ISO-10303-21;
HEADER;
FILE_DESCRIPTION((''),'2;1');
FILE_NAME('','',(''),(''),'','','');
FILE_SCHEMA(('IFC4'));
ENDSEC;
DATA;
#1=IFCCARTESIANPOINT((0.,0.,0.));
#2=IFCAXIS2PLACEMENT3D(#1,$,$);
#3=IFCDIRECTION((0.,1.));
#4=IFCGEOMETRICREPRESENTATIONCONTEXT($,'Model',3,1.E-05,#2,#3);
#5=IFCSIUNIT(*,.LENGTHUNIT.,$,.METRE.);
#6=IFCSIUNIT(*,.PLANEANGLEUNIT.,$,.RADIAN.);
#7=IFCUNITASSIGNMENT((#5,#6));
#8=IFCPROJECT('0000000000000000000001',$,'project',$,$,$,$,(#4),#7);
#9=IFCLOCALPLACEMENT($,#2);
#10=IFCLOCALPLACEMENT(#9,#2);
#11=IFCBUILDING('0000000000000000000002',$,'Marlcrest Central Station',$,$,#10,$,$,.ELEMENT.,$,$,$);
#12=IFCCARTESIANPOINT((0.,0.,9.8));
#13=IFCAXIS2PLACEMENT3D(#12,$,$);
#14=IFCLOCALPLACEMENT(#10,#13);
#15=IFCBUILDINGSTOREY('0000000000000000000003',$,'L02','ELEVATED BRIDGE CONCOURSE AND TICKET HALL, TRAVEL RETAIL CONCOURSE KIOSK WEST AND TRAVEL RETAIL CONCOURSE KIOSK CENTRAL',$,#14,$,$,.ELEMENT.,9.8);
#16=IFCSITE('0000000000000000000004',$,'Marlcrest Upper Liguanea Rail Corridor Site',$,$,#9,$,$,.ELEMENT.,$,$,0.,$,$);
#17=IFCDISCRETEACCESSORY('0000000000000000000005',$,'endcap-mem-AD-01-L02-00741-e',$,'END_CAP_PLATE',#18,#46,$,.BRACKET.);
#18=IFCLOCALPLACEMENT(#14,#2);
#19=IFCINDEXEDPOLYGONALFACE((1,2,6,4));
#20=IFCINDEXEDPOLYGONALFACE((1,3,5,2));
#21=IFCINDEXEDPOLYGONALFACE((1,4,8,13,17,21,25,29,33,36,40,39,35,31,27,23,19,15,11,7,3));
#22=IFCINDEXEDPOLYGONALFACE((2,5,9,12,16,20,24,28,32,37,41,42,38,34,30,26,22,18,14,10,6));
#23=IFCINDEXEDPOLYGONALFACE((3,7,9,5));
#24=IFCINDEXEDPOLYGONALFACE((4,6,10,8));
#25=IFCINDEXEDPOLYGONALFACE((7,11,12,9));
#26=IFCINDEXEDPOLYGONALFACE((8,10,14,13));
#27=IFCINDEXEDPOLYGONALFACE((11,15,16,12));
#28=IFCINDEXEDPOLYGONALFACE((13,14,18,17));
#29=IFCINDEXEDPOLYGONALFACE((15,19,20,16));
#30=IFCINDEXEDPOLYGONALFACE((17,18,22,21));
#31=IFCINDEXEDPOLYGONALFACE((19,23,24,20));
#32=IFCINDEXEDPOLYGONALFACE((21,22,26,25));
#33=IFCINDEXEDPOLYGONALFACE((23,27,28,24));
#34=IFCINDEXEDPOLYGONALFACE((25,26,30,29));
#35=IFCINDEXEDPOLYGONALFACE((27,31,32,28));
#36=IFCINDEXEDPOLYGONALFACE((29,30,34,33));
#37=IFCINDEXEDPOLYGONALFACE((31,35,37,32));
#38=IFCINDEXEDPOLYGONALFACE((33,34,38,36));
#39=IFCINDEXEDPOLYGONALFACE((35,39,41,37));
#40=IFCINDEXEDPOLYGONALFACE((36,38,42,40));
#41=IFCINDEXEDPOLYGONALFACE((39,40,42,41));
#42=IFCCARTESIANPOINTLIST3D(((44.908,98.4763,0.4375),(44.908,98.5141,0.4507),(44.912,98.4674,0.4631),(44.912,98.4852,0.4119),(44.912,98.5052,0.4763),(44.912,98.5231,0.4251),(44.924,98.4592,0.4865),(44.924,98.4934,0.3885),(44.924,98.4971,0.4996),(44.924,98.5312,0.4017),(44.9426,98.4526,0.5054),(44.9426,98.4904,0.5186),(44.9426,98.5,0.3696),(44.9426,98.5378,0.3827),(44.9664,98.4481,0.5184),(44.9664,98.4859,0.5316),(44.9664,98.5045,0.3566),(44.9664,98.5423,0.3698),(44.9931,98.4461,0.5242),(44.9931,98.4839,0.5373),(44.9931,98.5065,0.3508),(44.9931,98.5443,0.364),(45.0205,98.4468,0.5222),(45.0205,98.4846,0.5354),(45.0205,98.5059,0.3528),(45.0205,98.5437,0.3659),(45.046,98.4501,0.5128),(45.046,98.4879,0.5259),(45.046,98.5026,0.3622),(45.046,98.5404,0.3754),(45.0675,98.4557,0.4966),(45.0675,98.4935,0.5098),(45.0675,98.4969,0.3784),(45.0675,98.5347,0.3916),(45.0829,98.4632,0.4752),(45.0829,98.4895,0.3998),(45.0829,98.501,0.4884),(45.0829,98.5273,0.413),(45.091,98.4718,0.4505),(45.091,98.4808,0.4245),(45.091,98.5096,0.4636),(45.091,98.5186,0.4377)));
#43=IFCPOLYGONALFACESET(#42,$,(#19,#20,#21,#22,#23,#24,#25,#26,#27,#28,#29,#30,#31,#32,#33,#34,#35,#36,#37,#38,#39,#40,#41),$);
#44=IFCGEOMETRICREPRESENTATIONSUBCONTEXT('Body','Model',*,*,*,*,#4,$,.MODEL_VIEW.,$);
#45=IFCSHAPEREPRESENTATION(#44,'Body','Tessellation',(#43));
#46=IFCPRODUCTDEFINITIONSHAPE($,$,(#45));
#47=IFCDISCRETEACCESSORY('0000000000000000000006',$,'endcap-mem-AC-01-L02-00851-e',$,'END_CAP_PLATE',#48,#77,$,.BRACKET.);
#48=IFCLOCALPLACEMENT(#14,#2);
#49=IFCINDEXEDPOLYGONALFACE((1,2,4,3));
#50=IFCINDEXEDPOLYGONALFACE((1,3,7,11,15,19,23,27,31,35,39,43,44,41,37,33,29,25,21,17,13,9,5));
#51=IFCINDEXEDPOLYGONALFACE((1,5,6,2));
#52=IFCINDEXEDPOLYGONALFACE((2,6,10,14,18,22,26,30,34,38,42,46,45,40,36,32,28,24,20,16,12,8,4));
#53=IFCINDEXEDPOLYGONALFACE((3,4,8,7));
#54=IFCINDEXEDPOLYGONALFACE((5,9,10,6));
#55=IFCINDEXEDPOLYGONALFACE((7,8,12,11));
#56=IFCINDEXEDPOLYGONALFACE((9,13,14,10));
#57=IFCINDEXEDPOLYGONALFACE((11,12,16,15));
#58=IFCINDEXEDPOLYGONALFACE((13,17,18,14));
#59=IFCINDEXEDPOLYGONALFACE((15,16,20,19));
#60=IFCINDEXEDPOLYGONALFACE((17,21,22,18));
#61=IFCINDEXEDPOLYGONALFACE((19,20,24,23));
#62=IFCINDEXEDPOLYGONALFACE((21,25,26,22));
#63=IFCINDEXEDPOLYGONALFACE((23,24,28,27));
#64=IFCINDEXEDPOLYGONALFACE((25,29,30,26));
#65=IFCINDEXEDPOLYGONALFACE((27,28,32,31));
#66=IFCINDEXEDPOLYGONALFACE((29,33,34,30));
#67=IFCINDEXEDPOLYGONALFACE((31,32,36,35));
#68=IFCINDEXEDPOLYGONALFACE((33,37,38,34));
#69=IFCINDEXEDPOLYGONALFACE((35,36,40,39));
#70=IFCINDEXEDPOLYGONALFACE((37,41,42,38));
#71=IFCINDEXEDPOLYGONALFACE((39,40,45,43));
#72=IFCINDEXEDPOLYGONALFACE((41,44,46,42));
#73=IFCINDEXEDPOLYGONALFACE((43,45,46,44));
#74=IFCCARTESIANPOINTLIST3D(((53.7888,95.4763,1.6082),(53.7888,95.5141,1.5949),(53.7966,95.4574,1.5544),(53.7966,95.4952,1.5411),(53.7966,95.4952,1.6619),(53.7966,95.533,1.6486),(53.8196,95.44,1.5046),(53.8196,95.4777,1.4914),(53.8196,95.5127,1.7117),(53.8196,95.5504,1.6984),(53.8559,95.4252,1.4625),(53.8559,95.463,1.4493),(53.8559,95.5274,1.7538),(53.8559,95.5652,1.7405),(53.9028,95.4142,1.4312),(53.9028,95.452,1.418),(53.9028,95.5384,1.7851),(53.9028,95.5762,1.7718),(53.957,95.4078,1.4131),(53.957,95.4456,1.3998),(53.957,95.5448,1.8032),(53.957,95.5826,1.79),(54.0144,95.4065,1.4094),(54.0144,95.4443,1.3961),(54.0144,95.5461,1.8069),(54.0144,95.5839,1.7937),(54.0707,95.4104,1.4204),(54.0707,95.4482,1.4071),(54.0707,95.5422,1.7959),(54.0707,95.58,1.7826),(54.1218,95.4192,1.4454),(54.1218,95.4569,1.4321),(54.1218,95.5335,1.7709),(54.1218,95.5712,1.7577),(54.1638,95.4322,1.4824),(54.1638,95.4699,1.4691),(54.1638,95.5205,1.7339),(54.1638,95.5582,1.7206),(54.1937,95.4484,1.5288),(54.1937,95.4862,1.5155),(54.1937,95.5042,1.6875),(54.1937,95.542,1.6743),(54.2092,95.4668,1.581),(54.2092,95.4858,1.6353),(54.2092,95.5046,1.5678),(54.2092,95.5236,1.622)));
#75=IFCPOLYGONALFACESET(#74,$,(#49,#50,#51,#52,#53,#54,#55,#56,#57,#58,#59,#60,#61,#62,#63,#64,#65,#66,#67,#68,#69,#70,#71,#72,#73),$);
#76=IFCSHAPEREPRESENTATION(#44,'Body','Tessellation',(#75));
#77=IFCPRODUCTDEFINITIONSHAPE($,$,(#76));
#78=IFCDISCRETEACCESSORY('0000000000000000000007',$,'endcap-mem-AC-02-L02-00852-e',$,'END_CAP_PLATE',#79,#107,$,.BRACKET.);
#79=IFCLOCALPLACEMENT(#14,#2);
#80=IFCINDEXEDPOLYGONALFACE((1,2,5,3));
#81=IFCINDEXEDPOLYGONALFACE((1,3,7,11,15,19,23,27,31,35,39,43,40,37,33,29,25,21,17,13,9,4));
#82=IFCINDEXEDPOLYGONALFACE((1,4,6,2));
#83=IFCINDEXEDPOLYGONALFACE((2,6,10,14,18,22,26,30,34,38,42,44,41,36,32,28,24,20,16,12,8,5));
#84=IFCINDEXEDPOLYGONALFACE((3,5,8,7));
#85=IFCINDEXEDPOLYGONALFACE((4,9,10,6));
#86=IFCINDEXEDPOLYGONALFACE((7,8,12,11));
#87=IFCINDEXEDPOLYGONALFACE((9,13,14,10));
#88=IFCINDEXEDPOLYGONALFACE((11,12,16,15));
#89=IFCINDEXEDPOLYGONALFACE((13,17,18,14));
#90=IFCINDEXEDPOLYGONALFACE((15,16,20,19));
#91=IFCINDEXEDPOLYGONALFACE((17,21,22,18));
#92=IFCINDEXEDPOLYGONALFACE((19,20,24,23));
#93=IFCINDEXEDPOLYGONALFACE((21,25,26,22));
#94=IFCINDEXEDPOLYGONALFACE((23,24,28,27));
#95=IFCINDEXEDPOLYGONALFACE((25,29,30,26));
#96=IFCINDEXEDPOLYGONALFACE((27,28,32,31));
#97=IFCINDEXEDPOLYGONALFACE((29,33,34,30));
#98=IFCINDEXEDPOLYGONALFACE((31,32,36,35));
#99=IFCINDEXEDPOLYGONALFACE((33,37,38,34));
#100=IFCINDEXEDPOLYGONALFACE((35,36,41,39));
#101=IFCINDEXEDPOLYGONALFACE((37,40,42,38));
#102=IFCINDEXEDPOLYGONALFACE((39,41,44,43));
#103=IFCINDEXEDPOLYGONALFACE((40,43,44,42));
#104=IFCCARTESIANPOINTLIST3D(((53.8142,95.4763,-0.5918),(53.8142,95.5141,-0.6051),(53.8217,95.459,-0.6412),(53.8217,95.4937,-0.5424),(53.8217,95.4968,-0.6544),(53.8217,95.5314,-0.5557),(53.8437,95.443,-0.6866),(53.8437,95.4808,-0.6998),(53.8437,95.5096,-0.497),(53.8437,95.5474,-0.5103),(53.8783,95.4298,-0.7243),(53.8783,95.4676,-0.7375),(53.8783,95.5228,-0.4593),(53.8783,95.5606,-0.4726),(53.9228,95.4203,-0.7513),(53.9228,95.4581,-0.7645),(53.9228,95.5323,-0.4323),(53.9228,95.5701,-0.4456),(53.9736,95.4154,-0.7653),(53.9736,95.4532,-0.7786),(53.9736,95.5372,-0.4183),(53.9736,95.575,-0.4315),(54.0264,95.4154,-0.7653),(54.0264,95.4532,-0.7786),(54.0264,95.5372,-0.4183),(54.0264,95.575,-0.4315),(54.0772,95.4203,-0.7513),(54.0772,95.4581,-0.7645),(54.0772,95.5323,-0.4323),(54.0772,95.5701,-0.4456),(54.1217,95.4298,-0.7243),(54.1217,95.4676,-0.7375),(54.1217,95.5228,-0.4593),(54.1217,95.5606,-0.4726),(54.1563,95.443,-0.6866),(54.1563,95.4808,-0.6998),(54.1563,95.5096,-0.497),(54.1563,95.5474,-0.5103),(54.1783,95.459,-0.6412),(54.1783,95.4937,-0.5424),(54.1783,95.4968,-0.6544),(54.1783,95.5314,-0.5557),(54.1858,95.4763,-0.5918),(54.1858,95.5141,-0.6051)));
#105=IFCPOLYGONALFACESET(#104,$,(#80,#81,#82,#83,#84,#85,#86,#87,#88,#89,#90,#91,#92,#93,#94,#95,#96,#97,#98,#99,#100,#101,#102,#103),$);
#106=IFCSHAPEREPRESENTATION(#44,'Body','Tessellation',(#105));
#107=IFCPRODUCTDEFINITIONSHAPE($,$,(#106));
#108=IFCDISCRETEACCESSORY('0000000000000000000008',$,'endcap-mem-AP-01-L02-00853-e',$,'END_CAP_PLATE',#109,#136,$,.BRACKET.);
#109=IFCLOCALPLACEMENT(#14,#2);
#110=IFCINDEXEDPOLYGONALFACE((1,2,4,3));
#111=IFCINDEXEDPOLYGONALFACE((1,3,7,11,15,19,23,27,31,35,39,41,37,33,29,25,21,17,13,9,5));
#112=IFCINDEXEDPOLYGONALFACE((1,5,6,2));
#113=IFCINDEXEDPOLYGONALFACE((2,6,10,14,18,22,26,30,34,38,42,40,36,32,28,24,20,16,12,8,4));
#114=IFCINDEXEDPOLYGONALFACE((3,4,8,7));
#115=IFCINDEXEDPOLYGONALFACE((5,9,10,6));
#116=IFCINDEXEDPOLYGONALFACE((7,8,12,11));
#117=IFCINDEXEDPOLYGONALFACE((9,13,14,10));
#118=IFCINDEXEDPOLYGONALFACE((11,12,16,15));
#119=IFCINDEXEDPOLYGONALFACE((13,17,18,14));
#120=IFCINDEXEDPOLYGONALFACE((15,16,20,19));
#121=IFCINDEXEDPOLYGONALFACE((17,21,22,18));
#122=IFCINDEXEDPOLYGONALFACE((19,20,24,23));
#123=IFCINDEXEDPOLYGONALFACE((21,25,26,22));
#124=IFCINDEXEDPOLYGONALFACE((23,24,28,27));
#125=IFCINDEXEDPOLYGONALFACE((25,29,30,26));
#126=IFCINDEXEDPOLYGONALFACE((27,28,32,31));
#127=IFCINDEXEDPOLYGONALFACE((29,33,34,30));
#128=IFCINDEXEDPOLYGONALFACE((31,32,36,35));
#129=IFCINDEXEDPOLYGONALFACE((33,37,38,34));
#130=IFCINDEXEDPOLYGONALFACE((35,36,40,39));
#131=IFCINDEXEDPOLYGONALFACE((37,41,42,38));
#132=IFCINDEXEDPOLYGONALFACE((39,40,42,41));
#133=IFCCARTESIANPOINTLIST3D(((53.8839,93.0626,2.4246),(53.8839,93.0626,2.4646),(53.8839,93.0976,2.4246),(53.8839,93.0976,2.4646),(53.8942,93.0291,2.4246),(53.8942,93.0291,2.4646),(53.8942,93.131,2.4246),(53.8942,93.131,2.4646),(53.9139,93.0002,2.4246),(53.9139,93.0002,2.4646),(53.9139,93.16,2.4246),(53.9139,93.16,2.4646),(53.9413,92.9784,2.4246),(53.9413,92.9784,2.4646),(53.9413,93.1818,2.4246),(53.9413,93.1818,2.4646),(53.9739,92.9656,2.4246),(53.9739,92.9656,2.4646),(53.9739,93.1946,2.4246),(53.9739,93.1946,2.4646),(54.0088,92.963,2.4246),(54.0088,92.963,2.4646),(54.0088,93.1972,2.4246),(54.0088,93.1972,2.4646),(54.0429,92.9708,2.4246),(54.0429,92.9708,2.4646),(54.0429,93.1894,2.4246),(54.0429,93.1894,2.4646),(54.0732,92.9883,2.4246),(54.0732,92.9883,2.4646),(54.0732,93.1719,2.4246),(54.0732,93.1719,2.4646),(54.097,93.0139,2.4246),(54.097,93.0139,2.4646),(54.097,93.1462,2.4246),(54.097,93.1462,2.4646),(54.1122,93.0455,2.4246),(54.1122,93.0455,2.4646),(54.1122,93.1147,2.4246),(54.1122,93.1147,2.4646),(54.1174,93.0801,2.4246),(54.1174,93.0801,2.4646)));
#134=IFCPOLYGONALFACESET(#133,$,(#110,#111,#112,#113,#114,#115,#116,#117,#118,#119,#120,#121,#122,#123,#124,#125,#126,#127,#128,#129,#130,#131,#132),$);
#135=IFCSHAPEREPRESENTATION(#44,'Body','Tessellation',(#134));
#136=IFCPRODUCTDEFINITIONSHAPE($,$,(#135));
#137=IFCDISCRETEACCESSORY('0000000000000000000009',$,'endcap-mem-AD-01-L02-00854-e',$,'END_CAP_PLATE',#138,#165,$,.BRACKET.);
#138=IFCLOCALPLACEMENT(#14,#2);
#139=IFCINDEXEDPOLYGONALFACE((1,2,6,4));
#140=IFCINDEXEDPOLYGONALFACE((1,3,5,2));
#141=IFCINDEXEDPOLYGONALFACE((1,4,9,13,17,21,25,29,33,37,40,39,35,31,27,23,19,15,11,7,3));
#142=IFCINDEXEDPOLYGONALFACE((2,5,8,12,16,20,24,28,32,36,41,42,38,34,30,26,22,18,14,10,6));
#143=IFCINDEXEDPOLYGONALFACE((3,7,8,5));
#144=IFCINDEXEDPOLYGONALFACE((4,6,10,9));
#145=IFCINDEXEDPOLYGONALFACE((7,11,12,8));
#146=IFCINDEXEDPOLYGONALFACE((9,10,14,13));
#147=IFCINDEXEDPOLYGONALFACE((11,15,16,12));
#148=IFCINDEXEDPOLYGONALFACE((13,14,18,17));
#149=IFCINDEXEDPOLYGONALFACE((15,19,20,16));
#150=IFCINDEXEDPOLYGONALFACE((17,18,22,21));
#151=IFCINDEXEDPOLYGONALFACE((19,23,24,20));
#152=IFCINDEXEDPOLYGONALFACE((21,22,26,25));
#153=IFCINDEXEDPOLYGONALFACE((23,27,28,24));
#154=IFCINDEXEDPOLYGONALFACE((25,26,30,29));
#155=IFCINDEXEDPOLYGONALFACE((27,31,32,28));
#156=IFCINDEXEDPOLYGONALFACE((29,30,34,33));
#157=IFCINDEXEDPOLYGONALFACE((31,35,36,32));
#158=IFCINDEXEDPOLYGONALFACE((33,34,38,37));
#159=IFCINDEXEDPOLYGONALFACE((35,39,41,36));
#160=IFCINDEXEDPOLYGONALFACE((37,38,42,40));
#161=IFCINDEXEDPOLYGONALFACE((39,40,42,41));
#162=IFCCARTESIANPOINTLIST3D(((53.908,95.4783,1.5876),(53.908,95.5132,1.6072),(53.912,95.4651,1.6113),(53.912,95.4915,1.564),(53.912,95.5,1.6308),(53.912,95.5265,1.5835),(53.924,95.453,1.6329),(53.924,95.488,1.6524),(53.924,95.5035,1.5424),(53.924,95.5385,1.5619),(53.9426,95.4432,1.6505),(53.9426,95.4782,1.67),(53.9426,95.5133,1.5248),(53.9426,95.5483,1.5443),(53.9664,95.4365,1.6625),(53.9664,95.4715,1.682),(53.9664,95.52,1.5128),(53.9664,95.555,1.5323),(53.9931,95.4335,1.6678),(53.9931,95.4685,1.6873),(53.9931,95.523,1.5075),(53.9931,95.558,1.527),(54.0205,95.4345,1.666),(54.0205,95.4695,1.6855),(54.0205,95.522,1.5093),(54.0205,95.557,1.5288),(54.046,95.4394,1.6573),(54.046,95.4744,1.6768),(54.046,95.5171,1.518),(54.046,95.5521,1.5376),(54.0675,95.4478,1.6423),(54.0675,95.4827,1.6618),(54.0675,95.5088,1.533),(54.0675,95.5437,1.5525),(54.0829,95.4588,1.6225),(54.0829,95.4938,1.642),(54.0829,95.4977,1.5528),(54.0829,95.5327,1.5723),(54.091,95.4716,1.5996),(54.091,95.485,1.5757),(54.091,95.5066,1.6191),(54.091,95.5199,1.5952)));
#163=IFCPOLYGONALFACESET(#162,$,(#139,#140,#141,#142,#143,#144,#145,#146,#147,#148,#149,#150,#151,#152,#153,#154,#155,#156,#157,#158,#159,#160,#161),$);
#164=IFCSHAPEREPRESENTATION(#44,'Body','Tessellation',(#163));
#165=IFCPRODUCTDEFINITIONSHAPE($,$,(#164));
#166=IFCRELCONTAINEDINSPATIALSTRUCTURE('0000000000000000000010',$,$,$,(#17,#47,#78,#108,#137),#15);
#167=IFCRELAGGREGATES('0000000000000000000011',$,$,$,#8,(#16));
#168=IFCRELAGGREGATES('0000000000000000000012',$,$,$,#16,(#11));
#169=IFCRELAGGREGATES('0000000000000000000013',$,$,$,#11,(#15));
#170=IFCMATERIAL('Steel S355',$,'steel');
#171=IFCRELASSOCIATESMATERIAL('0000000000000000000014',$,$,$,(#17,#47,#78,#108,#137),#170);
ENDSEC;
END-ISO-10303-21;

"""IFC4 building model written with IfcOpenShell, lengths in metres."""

from ifc_helpers import new_model, si_unit, direction, frame, origin, origin_2d, place, context, subcontext, project, spatial, circle, extrude, material, element, save


model = new_model("IFC4")

# Units and contexts
model_context = context("Model", 3, precision=1e-05, world=origin(), true_north=direction((0.0, 1.0)))
body_context = subcontext(model_context, "Body", "Model", "MODEL_VIEW")
ifc_project = project(units=[si_unit("LENGTHUNIT", "METRE"), si_unit("PLANEANGLEUNIT", "RADIAN")], contexts=[model_context])

# Site, building, storey
site_placement = place(None, origin())
site = spatial("IfcSite", under=ifc_project, at=site_placement, Name="Marlcrest Upper Liguanea Rail Corridor Site", CompositionType="ELEMENT", RefElevation=0.0)
building_placement = place(site_placement, origin())
building = spatial("IfcBuilding", under=site, at=building_placement, Name="Marlcrest Central Station", CompositionType="ELEMENT")
storey_placement = place(building_placement, frame((0.0, 0.0, 9.8)))
storey = spatial("IfcBuildingStorey", under=building, at=storey_placement, Name="L02", Description="ELEVATED BRIDGE CONCOURSE AND TICKET HALL, TRAVEL RETAIL CONCOURSE KIOSK WEST AND TRAVEL RETAIL CONCOURSE KIOSK CENTRAL", CompositionType="ELEMENT", Elevation=9.8)

# Shared definitions
ifc_material_1 = material(Name="Steel S355", Category="steel")

# Discrete accessories
for number, where, z_axis, x_axis, name in (
    (1, (45.0, 98.4763, 0.4375), (0.0, 0.94426, 0.3292), (-1.0, 0.0, 0.0), "endcap-mem-AD-01-L02-00741-e"),
):
    element("IfcDiscreteAccessory", number, at=place(storey_placement, frame(where, z_axis=z_axis, x_axis=x_axis)), inside=storey, material=ifc_material_1, Name=name, ObjectType="END_CAP_PLATE", PredefinedType="BRACKET", context=body_context, shape_type="SweptSolid", body=[
        extrude(circle(Radius=0.092, at=origin_2d()), origin(), (0.0, 0.0, 1.0), 0.04),
    ])
discrete_accessory_1_placement = place(storey_placement, frame((54.0, 95.4763, 1.6082), z_axis=(0.0, 0.943537, -0.331266), x_axis=(-1.0, 0.0, 0.0)))
element("IfcDiscreteAccessory", 2, at=discrete_accessory_1_placement, inside=storey, material=ifc_material_1, Name="endcap-mem-AC-01-L02-00851-e", ObjectType="END_CAP_PLATE", PredefinedType="BRACKET", context=body_context, shape_type="SweptSolid", body=[
    extrude(circle(Radius=0.2112, at=origin_2d()), origin(), (0.0, 0.0, 1.0), 0.04),
])
discrete_accessory_2_placement = place(storey_placement, frame((54.0, 95.4763, -0.5918), z_axis=(0.0, 0.943537, -0.331266), x_axis=(-1.0, 0.0, 0.0)))
element("IfcDiscreteAccessory", 3, at=discrete_accessory_2_placement, inside=storey, material=ifc_material_1, Name="endcap-mem-AC-02-L02-00852-e", ObjectType="END_CAP_PLATE", PredefinedType="BRACKET", context=body_context, shape_type="SweptSolid", body=[
    extrude(circle(Radius=0.1858, at=origin_2d()), origin(), (0.0, 0.0, 1.0), 0.04),
])
discrete_accessory_3_placement = place(storey_placement, frame((54.0, 93.0801, 2.4246), z_axis=(0.0, 0.0, 1.0), x_axis=(1.0, 0.0, 0.0)))
element("IfcDiscreteAccessory", 4, at=discrete_accessory_3_placement, inside=storey, material=ifc_material_1, Name="endcap-mem-AP-01-L02-00853-e", ObjectType="END_CAP_PLATE", PredefinedType="BRACKET", context=body_context, shape_type="SweptSolid", body=[
    extrude(circle(Radius=0.1174, at=origin_2d()), origin(), (0.0, 0.0, 1.0), 0.04),
])
discrete_accessory_4_placement = place(storey_placement, frame((54.0, 95.4783, 1.5876), z_axis=(0.0, 0.873246, 0.48728), x_axis=(-1.0, 0.0, 0.0)))
element("IfcDiscreteAccessory", 5, at=discrete_accessory_4_placement, inside=storey, material=ifc_material_1, Name="endcap-mem-AD-01-L02-00854-e", ObjectType="END_CAP_PLATE", PredefinedType="BRACKET", context=body_context, shape_type="SweptSolid", body=[
    extrude(circle(Radius=0.092, at=origin_2d()), origin(), (0.0, 0.0, 1.0), 0.04),
])

save(model, "model.ifc")
